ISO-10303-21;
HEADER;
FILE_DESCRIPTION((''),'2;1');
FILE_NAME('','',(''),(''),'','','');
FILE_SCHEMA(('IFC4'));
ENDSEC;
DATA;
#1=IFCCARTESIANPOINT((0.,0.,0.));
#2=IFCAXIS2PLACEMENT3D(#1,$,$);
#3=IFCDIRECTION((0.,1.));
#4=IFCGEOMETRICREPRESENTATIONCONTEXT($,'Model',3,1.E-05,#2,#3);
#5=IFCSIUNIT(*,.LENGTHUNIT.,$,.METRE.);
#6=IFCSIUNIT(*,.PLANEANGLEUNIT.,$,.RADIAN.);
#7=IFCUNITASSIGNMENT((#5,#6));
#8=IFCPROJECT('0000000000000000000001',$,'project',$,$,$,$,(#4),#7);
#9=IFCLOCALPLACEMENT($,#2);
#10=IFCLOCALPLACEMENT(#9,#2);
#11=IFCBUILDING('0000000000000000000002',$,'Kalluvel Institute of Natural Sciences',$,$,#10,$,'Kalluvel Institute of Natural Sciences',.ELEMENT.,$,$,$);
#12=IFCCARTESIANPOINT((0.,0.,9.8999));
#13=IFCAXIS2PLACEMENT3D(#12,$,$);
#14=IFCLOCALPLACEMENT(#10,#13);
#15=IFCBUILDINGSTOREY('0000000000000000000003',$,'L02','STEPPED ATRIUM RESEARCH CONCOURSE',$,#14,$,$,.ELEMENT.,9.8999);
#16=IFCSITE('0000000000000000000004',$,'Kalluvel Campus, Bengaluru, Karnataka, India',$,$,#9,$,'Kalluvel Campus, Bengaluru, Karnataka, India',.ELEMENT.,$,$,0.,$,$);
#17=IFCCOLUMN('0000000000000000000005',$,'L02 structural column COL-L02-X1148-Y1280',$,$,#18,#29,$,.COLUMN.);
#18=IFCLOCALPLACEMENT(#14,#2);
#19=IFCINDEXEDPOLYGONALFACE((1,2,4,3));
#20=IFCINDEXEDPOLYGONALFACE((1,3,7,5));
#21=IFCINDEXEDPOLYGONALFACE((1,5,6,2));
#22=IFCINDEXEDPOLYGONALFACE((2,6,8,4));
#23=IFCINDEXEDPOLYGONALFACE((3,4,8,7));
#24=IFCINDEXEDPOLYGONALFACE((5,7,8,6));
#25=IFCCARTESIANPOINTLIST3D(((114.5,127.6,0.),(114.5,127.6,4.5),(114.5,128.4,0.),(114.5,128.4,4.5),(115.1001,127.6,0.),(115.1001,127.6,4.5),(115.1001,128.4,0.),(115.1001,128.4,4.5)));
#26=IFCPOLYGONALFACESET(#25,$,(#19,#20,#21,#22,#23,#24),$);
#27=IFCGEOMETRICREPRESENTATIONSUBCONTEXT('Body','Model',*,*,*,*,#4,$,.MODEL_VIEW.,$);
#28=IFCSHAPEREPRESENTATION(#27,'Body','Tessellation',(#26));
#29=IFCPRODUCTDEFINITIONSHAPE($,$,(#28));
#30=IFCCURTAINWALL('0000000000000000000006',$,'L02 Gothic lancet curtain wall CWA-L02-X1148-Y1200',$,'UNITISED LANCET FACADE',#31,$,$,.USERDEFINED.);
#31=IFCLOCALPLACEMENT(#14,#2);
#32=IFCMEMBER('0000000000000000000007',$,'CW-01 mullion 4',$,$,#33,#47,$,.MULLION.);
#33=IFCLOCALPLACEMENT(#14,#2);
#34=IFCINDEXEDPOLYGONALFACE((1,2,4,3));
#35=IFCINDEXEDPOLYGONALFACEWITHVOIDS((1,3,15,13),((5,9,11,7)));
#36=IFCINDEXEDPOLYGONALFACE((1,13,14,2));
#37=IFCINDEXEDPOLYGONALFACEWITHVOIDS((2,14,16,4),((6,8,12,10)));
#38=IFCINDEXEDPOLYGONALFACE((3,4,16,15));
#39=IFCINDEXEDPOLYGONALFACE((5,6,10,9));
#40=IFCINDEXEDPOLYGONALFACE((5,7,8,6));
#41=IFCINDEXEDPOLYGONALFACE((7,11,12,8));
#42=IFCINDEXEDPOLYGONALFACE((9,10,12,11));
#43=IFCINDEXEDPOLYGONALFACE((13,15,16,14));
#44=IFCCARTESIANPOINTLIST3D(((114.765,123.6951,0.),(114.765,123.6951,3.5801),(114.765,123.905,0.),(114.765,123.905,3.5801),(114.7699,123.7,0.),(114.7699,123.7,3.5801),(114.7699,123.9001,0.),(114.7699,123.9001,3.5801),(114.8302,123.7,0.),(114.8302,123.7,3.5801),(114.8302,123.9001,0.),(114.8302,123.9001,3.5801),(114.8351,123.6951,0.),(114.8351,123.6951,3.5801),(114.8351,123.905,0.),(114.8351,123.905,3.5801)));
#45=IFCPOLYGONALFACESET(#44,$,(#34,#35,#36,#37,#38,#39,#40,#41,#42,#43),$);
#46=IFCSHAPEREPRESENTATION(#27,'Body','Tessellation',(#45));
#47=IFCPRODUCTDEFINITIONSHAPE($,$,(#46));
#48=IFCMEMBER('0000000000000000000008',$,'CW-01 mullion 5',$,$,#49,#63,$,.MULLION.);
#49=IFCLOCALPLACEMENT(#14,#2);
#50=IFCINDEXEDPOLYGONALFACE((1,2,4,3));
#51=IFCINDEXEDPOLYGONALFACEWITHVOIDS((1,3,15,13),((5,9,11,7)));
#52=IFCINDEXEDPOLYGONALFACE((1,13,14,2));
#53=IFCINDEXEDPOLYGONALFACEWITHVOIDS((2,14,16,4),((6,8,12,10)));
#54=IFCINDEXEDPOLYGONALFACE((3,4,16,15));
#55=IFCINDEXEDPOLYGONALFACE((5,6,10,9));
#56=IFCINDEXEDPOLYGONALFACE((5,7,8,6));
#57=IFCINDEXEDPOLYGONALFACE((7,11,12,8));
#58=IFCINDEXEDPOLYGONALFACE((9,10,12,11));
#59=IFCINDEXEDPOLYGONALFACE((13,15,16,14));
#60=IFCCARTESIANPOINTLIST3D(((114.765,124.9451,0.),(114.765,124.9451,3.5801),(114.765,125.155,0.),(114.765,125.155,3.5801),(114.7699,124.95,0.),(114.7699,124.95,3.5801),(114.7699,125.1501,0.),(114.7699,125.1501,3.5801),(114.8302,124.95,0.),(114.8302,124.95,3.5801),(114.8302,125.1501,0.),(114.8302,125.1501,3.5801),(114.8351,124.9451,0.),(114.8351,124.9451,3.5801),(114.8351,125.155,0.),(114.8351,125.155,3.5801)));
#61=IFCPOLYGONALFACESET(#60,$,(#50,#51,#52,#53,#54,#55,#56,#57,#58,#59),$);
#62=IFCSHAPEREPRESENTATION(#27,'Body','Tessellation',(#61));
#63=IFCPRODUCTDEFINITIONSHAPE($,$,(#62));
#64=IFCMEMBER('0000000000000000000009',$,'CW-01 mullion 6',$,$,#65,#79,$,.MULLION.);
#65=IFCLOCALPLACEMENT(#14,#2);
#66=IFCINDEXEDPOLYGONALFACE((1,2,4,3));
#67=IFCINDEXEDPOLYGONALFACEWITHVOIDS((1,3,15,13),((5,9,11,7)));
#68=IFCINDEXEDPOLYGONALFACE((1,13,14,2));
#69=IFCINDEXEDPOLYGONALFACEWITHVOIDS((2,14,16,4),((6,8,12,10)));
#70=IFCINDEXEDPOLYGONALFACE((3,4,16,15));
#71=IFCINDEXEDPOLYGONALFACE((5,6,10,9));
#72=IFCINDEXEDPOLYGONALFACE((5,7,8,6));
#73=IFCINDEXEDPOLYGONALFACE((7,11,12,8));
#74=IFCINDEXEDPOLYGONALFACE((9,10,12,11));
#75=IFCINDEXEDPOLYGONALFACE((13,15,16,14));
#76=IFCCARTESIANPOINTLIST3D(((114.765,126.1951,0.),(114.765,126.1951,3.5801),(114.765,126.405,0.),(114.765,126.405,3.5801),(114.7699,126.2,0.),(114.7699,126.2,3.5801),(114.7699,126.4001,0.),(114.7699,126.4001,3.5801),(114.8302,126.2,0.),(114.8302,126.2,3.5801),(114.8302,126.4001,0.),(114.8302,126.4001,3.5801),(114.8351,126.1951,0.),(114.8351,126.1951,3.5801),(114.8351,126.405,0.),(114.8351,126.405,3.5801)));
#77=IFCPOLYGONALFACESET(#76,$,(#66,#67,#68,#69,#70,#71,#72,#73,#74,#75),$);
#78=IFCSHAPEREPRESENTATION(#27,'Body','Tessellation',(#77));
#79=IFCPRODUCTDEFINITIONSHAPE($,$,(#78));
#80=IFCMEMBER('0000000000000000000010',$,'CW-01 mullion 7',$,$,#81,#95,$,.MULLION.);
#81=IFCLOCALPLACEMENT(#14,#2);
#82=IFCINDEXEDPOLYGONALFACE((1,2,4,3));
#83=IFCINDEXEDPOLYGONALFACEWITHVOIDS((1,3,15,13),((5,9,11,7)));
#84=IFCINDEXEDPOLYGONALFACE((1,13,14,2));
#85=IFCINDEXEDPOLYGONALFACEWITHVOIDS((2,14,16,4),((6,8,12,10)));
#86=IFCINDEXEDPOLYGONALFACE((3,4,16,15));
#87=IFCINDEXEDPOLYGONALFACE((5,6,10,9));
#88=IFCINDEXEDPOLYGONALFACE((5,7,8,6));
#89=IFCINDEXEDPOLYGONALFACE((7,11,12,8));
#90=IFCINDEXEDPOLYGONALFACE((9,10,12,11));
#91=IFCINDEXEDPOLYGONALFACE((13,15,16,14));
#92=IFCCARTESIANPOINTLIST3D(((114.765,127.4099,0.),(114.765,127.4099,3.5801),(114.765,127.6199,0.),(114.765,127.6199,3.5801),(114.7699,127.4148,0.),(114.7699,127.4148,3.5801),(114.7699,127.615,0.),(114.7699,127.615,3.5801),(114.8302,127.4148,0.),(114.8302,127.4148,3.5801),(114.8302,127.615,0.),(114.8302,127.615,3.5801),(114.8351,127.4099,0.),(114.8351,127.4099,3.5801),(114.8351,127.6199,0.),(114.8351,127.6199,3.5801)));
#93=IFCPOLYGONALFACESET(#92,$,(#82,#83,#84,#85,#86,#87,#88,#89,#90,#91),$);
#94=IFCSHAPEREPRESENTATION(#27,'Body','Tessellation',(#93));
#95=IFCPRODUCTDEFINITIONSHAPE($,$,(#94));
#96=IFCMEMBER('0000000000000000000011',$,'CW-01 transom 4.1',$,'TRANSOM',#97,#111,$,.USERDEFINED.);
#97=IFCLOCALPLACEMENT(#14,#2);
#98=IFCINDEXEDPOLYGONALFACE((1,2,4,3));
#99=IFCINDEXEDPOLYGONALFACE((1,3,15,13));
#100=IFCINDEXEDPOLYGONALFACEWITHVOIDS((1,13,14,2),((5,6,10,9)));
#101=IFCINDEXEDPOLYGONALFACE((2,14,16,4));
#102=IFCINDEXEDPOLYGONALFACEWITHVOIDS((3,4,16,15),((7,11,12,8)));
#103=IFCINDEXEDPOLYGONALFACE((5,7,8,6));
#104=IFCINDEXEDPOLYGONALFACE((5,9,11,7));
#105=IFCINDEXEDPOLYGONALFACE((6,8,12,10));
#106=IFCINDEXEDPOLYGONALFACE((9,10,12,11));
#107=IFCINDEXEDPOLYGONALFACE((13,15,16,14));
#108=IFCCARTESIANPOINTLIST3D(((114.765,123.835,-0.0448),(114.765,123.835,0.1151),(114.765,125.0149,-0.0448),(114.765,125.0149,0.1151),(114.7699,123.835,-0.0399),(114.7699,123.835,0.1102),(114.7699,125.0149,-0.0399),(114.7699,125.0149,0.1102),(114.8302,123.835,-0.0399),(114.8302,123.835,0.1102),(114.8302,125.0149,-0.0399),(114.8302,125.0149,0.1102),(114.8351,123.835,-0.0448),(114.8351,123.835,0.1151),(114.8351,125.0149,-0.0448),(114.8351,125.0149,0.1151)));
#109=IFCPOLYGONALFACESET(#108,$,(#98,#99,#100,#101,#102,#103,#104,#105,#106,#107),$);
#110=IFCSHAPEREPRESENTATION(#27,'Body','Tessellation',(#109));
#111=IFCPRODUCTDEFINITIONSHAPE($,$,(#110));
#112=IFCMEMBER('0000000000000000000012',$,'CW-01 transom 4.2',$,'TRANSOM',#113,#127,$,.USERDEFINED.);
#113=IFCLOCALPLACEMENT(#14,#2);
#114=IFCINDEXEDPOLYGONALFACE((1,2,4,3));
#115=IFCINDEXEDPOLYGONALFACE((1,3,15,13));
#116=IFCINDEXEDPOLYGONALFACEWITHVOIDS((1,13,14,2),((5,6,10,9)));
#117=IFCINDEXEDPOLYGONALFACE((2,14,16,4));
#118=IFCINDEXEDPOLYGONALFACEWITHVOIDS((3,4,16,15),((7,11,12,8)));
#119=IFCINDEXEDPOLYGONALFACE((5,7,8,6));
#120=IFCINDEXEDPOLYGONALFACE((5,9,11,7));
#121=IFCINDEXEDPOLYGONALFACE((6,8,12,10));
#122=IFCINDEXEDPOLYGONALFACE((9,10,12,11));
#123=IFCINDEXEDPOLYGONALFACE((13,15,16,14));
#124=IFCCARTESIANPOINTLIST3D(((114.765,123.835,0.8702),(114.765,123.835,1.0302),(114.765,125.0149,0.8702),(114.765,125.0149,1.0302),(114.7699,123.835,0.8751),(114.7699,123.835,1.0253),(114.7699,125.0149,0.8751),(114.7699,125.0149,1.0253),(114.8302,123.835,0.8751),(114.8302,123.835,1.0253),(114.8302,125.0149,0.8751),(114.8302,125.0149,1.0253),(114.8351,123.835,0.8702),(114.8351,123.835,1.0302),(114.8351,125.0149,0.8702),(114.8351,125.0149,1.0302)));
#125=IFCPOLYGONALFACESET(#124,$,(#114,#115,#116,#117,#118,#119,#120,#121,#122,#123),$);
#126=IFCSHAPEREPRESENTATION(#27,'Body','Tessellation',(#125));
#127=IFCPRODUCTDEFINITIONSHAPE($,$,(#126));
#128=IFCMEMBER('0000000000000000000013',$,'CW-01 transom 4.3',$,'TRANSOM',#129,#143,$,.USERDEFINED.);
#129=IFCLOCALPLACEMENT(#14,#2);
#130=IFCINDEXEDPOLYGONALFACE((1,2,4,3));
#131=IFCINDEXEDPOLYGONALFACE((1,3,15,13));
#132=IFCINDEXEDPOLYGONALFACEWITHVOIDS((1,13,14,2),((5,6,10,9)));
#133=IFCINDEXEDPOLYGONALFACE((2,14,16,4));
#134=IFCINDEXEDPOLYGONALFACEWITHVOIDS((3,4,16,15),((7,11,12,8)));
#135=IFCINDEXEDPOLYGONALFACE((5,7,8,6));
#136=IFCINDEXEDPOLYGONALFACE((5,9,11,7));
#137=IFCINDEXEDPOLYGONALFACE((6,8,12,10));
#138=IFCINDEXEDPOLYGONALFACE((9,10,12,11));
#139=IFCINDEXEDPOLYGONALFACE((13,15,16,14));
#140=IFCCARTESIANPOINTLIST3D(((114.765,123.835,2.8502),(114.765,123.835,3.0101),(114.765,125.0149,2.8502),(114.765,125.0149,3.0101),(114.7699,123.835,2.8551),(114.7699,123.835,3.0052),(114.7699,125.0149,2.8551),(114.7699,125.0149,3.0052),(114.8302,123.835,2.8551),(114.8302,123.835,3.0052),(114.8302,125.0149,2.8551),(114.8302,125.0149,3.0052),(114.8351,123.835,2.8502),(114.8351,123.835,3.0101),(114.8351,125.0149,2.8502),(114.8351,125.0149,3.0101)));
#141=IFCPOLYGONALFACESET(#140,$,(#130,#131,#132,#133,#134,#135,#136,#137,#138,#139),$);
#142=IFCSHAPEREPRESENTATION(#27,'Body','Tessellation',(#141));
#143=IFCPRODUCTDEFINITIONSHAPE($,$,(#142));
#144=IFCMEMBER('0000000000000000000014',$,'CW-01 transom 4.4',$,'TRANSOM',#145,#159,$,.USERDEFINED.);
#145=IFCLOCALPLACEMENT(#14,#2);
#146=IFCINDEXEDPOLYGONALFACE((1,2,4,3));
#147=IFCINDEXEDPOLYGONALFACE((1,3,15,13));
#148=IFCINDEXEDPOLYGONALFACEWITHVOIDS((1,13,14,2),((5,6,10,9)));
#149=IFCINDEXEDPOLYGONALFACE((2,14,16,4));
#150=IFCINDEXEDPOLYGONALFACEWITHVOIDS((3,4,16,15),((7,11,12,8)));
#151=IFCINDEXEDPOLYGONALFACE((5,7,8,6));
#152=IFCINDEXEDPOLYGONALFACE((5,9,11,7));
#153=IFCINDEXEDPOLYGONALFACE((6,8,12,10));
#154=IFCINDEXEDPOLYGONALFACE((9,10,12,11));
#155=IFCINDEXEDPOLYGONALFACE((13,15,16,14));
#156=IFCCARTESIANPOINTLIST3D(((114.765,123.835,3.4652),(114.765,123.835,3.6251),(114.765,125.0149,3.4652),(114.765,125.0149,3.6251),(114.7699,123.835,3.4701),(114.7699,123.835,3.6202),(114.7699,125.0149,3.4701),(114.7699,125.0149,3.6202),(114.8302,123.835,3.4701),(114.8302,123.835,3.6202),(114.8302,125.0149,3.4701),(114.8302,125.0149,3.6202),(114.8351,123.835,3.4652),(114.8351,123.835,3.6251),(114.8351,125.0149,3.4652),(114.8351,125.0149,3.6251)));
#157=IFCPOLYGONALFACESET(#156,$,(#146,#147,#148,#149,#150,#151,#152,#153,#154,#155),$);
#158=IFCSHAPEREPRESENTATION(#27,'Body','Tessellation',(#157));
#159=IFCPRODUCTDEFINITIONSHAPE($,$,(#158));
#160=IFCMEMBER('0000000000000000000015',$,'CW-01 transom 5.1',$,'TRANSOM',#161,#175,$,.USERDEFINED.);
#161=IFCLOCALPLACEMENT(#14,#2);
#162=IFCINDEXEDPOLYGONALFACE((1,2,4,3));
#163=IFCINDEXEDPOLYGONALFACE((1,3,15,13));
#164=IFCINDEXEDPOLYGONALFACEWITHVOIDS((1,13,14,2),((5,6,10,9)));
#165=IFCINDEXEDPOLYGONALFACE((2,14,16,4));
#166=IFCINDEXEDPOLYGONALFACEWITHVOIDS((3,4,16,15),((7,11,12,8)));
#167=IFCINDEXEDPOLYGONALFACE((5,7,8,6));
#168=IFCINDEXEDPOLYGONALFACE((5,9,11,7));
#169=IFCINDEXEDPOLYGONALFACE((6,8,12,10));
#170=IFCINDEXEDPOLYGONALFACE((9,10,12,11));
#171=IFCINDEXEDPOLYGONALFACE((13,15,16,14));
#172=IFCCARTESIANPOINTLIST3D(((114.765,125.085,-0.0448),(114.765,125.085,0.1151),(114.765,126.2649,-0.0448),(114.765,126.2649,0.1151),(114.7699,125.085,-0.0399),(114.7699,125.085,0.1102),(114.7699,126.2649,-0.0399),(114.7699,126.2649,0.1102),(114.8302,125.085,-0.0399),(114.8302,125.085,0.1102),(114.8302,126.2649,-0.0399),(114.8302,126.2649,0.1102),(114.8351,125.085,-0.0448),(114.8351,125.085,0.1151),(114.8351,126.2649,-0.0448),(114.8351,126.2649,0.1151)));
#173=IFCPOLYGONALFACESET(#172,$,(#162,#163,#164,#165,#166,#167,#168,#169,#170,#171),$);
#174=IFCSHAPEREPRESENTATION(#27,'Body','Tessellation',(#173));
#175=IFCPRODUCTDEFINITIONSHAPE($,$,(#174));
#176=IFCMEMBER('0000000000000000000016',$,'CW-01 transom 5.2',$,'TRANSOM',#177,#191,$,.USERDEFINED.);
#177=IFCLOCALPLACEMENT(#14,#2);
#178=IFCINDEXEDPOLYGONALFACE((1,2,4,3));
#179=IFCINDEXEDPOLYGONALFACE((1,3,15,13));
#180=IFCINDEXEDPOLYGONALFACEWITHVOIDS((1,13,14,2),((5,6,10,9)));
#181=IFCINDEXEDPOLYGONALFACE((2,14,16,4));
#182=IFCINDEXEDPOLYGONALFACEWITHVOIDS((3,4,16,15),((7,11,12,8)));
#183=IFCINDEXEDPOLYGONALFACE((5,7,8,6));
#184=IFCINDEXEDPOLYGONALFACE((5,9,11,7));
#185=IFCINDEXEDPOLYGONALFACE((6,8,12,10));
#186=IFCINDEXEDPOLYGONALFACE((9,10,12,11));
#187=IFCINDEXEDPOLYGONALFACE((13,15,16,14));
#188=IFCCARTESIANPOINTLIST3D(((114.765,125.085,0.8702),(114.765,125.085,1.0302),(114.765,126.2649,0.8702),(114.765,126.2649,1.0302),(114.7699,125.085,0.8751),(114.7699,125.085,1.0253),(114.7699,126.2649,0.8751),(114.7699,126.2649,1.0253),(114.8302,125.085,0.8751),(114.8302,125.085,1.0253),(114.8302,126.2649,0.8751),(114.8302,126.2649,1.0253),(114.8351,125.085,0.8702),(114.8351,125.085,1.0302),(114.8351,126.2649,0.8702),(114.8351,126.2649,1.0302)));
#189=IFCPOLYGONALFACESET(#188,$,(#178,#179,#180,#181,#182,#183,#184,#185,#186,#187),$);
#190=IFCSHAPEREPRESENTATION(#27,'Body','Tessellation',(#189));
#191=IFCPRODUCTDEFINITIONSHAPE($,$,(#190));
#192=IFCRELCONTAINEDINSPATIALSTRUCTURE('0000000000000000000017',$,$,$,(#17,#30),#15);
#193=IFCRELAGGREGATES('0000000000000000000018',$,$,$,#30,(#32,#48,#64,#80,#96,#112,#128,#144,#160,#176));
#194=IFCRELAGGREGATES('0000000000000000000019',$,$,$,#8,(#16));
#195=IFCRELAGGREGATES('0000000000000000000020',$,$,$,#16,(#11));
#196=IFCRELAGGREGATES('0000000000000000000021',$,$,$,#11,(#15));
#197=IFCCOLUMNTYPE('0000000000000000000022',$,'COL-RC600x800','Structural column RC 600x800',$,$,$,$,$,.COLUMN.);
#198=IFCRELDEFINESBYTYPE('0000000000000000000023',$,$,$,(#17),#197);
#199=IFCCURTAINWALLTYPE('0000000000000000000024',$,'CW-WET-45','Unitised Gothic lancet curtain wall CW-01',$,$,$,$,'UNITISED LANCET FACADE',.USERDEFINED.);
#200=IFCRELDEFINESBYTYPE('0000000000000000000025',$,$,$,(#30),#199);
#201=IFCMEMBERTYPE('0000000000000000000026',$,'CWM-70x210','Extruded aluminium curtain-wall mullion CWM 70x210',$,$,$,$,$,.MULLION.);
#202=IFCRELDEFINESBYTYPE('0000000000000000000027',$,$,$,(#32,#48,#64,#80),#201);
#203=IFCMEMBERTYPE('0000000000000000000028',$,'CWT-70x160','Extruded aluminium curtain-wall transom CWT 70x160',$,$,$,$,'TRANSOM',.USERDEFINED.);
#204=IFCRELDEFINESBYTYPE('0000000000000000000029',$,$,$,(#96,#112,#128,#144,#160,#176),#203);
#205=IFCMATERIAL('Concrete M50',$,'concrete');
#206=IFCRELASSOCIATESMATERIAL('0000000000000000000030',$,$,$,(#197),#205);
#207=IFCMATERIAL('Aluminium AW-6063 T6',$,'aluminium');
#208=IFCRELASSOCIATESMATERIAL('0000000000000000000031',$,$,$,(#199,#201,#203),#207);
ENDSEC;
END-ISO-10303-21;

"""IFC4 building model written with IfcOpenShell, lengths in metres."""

from ifc_helpers import new_model, si_unit, direction, frame, origin, origin_2d, place, context, subcontext, project, spatial, rectangle, hollow_rectangle, extrude, material, material_profile, profile_set, type_object, element, aggregate, save


model = new_model("IFC4")

# Units and contexts
model_context = context("Model", 3, precision=1e-05, world=origin(), true_north=direction((0.0, 1.0)))
body_context = subcontext(model_context, "Body", "Model", "MODEL_VIEW")
ifc_project = project(units=[si_unit("LENGTHUNIT", "METRE"), si_unit("PLANEANGLEUNIT", "RADIAN")], contexts=[model_context])

# Site, building, storey
site_placement = place(None, origin())
site = spatial("IfcSite", under=ifc_project, at=site_placement, Name="Kalluvel Campus, Bengaluru, Karnataka, India", LongName="Kalluvel Campus, Bengaluru, Karnataka, India", CompositionType="ELEMENT", RefElevation=0.0)
building_placement = place(site_placement, origin())
building = spatial("IfcBuilding", under=site, at=building_placement, Name="Kalluvel Institute of Natural Sciences", LongName="Kalluvel Institute of Natural Sciences", CompositionType="ELEMENT")
storey_placement = place(building_placement, frame((0.0, 0.0, 9.8999)))
storey = spatial("IfcBuildingStorey", under=building, at=storey_placement, Name="L02", Description="STEPPED ATRIUM RESEARCH CONCOURSE", CompositionType="ELEMENT", Elevation=9.8999)

# Column
ifc_material_1 = material(Name="Concrete M50", Category="concrete")
ifc_material_profile_1 = material_profile(ifc_material_1, rectangle(XDim=0.6001, YDim=0.8, at=origin_2d()), Name="RC 600x800")
ifc_profile_set_1 = profile_set([ifc_material_profile_1], Name="Concrete M50")
column_type = type_object("IfcColumnType", Name="COL-RC600x800", Description="Structural column RC 600x800", PredefinedType="COLUMN", material=ifc_profile_set_1)
column_placement = place(storey_placement, frame((114.8, 128.0, 0.0), z_axis=(0.0, 0.0, 1.0), x_axis=(1.0, 0.0, 0.0)))
element("IfcColumn", 1, at=column_placement, inside=storey, type_object=column_type, Name="L02 structural column COL-L02-X1148-Y1280", PredefinedType="COLUMN", context=body_context, shape_type="SweptSolid", body=[
    extrude(rectangle(XDim=0.6001, YDim=0.8, at=origin_2d()), origin(), (0.0, 0.0, 1.0), 4.5),
])

# Curtain wall, members
ifc_material_2 = material(Name="Aluminium AW-6063 T6", Category="aluminium")
curtain_wall_type = type_object("IfcCurtainWallType", Name="CW-WET-45", Description="Unitised Gothic lancet curtain wall CW-01", ElementType="UNITISED LANCET FACADE", PredefinedType="USERDEFINED", material=ifc_material_2)
curtain_wall_placement = place(storey_placement, origin())
curtain_wall = element("IfcCurtainWall", 2, at=curtain_wall_placement, inside=storey, type_object=curtain_wall_type, Name="L02 Gothic lancet curtain wall CWA-L02-X1148-Y1200", ObjectType="UNITISED LANCET FACADE", PredefinedType="USERDEFINED")
ifc_material_profile_2 = material_profile(ifc_material_2, hollow_rectangle(XDim=0.0701, YDim=0.21, WallThickness=0.0049, at=origin_2d()), Name="CWM 70x210")
ifc_profile_set_2 = profile_set([ifc_material_profile_2], Name="Aluminium AW-6063 T6")
member_type_1 = type_object("IfcMemberType", Name="CWM-70x210", Description="Extruded aluminium curtain-wall mullion CWM 70x210", PredefinedType="MULLION", material=ifc_profile_set_2)
member_1_placement = place(storey_placement, frame((114.8, 123.8, 0.0), z_axis=(0.0, 0.0, 1.0), x_axis=(-1.0, 0.0, 0.0)))
member_1 = element("IfcMember", 3, at=member_1_placement, type_object=member_type_1, Name="CW-01 mullion 4", PredefinedType="MULLION", context=body_context, shape_type="SweptSolid", body=[
    extrude(hollow_rectangle(XDim=0.0701, YDim=0.21, WallThickness=0.0049, at=origin_2d()), origin(), (0.0, 0.0, 1.0), 3.5801),
])
member_2_placement = place(storey_placement, frame((114.8, 125.05, 0.0), z_axis=(0.0, 0.0, 1.0), x_axis=(-1.0, 0.0, 0.0)))
member_2 = element("IfcMember", 4, at=member_2_placement, type_object=member_type_1, Name="CW-01 mullion 5", PredefinedType="MULLION", context=body_context, shape_type="SweptSolid", body=[
    extrude(hollow_rectangle(XDim=0.0701, YDim=0.21, WallThickness=0.0049, at=origin_2d()), origin(), (0.0, 0.0, 1.0), 3.5801),
])
member_3_placement = place(storey_placement, frame((114.8, 126.3, 0.0), z_axis=(0.0, 0.0, 1.0), x_axis=(-1.0, 0.0, 0.0)))
member_3 = element("IfcMember", 5, at=member_3_placement, type_object=member_type_1, Name="CW-01 mullion 6", PredefinedType="MULLION", context=body_context, shape_type="SweptSolid", body=[
    extrude(hollow_rectangle(XDim=0.0701, YDim=0.21, WallThickness=0.0049, at=origin_2d()), origin(), (0.0, 0.0, 1.0), 3.5801),
])
member_4_placement = place(storey_placement, frame((114.8, 127.5149, 0.0), z_axis=(0.0, 0.0, 1.0), x_axis=(-1.0, 0.0, 0.0)))
member_4 = element("IfcMember", 6, at=member_4_placement, type_object=member_type_1, Name="CW-01 mullion 7", PredefinedType="MULLION", context=body_context, shape_type="SweptSolid", body=[
    extrude(hollow_rectangle(XDim=0.0701, YDim=0.21, WallThickness=0.0049, at=origin_2d()), origin(), (0.0, 0.0, 1.0), 3.5801),
])
ifc_material_profile_3 = material_profile(ifc_material_2, hollow_rectangle(XDim=0.0701, YDim=0.1599, WallThickness=0.0049, at=origin_2d()), Name="CWT 70x160")
ifc_profile_set_3 = profile_set([ifc_material_profile_3], Name="Aluminium AW-6063 T6")
member_type_2 = type_object("IfcMemberType", Name="CWT-70x160", Description="Extruded aluminium curtain-wall transom CWT 70x160", ElementType="TRANSOM", PredefinedType="USERDEFINED", material=ifc_profile_set_3)
member_5_placement = place(storey_placement, frame((114.8, 123.835, 0.0352), z_axis=(0.0, 1.0, 0.0), x_axis=(-1.0, 0.0, 0.0)))
member_5 = element("IfcMember", 7, at=member_5_placement, type_object=member_type_2, Name="CW-01 transom 4.1", ObjectType="TRANSOM", PredefinedType="USERDEFINED", context=body_context, shape_type="SweptSolid", body=[
    extrude(hollow_rectangle(XDim=0.0701, YDim=0.1599, WallThickness=0.0049, at=origin_2d()), origin(), (0.0, 0.0, 1.0), 1.1799),
])
member_6_placement = place(storey_placement, frame((114.8, 123.835, 0.9502), z_axis=(0.0, 1.0, 0.0), x_axis=(-1.0, 0.0, 0.0)))
member_6 = element("IfcMember", 8, at=member_6_placement, type_object=member_type_2, Name="CW-01 transom 4.2", ObjectType="TRANSOM", PredefinedType="USERDEFINED", context=body_context, shape_type="SweptSolid", body=[
    extrude(hollow_rectangle(XDim=0.0701, YDim=0.1599, WallThickness=0.0049, at=origin_2d()), origin(), (0.0, 0.0, 1.0), 1.1799),
])
member_7_placement = place(storey_placement, frame((114.8, 123.835, 2.9302), z_axis=(0.0, 1.0, 0.0), x_axis=(-1.0, 0.0, 0.0)))
member_7 = element("IfcMember", 9, at=member_7_placement, type_object=member_type_2, Name="CW-01 transom 4.3", ObjectType="TRANSOM", PredefinedType="USERDEFINED", context=body_context, shape_type="SweptSolid", body=[
    extrude(hollow_rectangle(XDim=0.0701, YDim=0.1599, WallThickness=0.0049, at=origin_2d()), origin(), (0.0, 0.0, 1.0), 1.1799),
])
member_8_placement = place(storey_placement, frame((114.8, 123.835, 3.5452), z_axis=(0.0, 1.0, 0.0), x_axis=(-1.0, 0.0, 0.0)))
member_8 = element("IfcMember", 10, at=member_8_placement, type_object=member_type_2, Name="CW-01 transom 4.4", ObjectType="TRANSOM", PredefinedType="USERDEFINED", context=body_context, shape_type="SweptSolid", body=[
    extrude(hollow_rectangle(XDim=0.0701, YDim=0.1599, WallThickness=0.0049, at=origin_2d()), origin(), (0.0, 0.0, 1.0), 1.1799),
])
member_9_placement = place(storey_placement, frame((114.8, 125.085, 0.0352), z_axis=(0.0, 1.0, 0.0), x_axis=(-1.0, 0.0, 0.0)))
member_9 = element("IfcMember", 11, at=member_9_placement, type_object=member_type_2, Name="CW-01 transom 5.1", ObjectType="TRANSOM", PredefinedType="USERDEFINED", context=body_context, shape_type="SweptSolid", body=[
    extrude(hollow_rectangle(XDim=0.0701, YDim=0.1599, WallThickness=0.0049, at=origin_2d()), origin(), (0.0, 0.0, 1.0), 1.1799),
])
member_10_placement = place(storey_placement, frame((114.8, 125.085, 0.9502), z_axis=(0.0, 1.0, 0.0), x_axis=(-1.0, 0.0, 0.0)))
member_10 = element("IfcMember", 12, at=member_10_placement, type_object=member_type_2, Name="CW-01 transom 5.2", ObjectType="TRANSOM", PredefinedType="USERDEFINED", context=body_context, shape_type="SweptSolid", body=[
    extrude(hollow_rectangle(XDim=0.0701, YDim=0.1599, WallThickness=0.0049, at=origin_2d()), origin(), (0.0, 0.0, 1.0), 1.1799),
])
aggregate(curtain_wall, [member_1, member_2, member_3, member_4, member_5, member_6, member_7, member_8, member_9, member_10])

save(model, "model.ifc")
